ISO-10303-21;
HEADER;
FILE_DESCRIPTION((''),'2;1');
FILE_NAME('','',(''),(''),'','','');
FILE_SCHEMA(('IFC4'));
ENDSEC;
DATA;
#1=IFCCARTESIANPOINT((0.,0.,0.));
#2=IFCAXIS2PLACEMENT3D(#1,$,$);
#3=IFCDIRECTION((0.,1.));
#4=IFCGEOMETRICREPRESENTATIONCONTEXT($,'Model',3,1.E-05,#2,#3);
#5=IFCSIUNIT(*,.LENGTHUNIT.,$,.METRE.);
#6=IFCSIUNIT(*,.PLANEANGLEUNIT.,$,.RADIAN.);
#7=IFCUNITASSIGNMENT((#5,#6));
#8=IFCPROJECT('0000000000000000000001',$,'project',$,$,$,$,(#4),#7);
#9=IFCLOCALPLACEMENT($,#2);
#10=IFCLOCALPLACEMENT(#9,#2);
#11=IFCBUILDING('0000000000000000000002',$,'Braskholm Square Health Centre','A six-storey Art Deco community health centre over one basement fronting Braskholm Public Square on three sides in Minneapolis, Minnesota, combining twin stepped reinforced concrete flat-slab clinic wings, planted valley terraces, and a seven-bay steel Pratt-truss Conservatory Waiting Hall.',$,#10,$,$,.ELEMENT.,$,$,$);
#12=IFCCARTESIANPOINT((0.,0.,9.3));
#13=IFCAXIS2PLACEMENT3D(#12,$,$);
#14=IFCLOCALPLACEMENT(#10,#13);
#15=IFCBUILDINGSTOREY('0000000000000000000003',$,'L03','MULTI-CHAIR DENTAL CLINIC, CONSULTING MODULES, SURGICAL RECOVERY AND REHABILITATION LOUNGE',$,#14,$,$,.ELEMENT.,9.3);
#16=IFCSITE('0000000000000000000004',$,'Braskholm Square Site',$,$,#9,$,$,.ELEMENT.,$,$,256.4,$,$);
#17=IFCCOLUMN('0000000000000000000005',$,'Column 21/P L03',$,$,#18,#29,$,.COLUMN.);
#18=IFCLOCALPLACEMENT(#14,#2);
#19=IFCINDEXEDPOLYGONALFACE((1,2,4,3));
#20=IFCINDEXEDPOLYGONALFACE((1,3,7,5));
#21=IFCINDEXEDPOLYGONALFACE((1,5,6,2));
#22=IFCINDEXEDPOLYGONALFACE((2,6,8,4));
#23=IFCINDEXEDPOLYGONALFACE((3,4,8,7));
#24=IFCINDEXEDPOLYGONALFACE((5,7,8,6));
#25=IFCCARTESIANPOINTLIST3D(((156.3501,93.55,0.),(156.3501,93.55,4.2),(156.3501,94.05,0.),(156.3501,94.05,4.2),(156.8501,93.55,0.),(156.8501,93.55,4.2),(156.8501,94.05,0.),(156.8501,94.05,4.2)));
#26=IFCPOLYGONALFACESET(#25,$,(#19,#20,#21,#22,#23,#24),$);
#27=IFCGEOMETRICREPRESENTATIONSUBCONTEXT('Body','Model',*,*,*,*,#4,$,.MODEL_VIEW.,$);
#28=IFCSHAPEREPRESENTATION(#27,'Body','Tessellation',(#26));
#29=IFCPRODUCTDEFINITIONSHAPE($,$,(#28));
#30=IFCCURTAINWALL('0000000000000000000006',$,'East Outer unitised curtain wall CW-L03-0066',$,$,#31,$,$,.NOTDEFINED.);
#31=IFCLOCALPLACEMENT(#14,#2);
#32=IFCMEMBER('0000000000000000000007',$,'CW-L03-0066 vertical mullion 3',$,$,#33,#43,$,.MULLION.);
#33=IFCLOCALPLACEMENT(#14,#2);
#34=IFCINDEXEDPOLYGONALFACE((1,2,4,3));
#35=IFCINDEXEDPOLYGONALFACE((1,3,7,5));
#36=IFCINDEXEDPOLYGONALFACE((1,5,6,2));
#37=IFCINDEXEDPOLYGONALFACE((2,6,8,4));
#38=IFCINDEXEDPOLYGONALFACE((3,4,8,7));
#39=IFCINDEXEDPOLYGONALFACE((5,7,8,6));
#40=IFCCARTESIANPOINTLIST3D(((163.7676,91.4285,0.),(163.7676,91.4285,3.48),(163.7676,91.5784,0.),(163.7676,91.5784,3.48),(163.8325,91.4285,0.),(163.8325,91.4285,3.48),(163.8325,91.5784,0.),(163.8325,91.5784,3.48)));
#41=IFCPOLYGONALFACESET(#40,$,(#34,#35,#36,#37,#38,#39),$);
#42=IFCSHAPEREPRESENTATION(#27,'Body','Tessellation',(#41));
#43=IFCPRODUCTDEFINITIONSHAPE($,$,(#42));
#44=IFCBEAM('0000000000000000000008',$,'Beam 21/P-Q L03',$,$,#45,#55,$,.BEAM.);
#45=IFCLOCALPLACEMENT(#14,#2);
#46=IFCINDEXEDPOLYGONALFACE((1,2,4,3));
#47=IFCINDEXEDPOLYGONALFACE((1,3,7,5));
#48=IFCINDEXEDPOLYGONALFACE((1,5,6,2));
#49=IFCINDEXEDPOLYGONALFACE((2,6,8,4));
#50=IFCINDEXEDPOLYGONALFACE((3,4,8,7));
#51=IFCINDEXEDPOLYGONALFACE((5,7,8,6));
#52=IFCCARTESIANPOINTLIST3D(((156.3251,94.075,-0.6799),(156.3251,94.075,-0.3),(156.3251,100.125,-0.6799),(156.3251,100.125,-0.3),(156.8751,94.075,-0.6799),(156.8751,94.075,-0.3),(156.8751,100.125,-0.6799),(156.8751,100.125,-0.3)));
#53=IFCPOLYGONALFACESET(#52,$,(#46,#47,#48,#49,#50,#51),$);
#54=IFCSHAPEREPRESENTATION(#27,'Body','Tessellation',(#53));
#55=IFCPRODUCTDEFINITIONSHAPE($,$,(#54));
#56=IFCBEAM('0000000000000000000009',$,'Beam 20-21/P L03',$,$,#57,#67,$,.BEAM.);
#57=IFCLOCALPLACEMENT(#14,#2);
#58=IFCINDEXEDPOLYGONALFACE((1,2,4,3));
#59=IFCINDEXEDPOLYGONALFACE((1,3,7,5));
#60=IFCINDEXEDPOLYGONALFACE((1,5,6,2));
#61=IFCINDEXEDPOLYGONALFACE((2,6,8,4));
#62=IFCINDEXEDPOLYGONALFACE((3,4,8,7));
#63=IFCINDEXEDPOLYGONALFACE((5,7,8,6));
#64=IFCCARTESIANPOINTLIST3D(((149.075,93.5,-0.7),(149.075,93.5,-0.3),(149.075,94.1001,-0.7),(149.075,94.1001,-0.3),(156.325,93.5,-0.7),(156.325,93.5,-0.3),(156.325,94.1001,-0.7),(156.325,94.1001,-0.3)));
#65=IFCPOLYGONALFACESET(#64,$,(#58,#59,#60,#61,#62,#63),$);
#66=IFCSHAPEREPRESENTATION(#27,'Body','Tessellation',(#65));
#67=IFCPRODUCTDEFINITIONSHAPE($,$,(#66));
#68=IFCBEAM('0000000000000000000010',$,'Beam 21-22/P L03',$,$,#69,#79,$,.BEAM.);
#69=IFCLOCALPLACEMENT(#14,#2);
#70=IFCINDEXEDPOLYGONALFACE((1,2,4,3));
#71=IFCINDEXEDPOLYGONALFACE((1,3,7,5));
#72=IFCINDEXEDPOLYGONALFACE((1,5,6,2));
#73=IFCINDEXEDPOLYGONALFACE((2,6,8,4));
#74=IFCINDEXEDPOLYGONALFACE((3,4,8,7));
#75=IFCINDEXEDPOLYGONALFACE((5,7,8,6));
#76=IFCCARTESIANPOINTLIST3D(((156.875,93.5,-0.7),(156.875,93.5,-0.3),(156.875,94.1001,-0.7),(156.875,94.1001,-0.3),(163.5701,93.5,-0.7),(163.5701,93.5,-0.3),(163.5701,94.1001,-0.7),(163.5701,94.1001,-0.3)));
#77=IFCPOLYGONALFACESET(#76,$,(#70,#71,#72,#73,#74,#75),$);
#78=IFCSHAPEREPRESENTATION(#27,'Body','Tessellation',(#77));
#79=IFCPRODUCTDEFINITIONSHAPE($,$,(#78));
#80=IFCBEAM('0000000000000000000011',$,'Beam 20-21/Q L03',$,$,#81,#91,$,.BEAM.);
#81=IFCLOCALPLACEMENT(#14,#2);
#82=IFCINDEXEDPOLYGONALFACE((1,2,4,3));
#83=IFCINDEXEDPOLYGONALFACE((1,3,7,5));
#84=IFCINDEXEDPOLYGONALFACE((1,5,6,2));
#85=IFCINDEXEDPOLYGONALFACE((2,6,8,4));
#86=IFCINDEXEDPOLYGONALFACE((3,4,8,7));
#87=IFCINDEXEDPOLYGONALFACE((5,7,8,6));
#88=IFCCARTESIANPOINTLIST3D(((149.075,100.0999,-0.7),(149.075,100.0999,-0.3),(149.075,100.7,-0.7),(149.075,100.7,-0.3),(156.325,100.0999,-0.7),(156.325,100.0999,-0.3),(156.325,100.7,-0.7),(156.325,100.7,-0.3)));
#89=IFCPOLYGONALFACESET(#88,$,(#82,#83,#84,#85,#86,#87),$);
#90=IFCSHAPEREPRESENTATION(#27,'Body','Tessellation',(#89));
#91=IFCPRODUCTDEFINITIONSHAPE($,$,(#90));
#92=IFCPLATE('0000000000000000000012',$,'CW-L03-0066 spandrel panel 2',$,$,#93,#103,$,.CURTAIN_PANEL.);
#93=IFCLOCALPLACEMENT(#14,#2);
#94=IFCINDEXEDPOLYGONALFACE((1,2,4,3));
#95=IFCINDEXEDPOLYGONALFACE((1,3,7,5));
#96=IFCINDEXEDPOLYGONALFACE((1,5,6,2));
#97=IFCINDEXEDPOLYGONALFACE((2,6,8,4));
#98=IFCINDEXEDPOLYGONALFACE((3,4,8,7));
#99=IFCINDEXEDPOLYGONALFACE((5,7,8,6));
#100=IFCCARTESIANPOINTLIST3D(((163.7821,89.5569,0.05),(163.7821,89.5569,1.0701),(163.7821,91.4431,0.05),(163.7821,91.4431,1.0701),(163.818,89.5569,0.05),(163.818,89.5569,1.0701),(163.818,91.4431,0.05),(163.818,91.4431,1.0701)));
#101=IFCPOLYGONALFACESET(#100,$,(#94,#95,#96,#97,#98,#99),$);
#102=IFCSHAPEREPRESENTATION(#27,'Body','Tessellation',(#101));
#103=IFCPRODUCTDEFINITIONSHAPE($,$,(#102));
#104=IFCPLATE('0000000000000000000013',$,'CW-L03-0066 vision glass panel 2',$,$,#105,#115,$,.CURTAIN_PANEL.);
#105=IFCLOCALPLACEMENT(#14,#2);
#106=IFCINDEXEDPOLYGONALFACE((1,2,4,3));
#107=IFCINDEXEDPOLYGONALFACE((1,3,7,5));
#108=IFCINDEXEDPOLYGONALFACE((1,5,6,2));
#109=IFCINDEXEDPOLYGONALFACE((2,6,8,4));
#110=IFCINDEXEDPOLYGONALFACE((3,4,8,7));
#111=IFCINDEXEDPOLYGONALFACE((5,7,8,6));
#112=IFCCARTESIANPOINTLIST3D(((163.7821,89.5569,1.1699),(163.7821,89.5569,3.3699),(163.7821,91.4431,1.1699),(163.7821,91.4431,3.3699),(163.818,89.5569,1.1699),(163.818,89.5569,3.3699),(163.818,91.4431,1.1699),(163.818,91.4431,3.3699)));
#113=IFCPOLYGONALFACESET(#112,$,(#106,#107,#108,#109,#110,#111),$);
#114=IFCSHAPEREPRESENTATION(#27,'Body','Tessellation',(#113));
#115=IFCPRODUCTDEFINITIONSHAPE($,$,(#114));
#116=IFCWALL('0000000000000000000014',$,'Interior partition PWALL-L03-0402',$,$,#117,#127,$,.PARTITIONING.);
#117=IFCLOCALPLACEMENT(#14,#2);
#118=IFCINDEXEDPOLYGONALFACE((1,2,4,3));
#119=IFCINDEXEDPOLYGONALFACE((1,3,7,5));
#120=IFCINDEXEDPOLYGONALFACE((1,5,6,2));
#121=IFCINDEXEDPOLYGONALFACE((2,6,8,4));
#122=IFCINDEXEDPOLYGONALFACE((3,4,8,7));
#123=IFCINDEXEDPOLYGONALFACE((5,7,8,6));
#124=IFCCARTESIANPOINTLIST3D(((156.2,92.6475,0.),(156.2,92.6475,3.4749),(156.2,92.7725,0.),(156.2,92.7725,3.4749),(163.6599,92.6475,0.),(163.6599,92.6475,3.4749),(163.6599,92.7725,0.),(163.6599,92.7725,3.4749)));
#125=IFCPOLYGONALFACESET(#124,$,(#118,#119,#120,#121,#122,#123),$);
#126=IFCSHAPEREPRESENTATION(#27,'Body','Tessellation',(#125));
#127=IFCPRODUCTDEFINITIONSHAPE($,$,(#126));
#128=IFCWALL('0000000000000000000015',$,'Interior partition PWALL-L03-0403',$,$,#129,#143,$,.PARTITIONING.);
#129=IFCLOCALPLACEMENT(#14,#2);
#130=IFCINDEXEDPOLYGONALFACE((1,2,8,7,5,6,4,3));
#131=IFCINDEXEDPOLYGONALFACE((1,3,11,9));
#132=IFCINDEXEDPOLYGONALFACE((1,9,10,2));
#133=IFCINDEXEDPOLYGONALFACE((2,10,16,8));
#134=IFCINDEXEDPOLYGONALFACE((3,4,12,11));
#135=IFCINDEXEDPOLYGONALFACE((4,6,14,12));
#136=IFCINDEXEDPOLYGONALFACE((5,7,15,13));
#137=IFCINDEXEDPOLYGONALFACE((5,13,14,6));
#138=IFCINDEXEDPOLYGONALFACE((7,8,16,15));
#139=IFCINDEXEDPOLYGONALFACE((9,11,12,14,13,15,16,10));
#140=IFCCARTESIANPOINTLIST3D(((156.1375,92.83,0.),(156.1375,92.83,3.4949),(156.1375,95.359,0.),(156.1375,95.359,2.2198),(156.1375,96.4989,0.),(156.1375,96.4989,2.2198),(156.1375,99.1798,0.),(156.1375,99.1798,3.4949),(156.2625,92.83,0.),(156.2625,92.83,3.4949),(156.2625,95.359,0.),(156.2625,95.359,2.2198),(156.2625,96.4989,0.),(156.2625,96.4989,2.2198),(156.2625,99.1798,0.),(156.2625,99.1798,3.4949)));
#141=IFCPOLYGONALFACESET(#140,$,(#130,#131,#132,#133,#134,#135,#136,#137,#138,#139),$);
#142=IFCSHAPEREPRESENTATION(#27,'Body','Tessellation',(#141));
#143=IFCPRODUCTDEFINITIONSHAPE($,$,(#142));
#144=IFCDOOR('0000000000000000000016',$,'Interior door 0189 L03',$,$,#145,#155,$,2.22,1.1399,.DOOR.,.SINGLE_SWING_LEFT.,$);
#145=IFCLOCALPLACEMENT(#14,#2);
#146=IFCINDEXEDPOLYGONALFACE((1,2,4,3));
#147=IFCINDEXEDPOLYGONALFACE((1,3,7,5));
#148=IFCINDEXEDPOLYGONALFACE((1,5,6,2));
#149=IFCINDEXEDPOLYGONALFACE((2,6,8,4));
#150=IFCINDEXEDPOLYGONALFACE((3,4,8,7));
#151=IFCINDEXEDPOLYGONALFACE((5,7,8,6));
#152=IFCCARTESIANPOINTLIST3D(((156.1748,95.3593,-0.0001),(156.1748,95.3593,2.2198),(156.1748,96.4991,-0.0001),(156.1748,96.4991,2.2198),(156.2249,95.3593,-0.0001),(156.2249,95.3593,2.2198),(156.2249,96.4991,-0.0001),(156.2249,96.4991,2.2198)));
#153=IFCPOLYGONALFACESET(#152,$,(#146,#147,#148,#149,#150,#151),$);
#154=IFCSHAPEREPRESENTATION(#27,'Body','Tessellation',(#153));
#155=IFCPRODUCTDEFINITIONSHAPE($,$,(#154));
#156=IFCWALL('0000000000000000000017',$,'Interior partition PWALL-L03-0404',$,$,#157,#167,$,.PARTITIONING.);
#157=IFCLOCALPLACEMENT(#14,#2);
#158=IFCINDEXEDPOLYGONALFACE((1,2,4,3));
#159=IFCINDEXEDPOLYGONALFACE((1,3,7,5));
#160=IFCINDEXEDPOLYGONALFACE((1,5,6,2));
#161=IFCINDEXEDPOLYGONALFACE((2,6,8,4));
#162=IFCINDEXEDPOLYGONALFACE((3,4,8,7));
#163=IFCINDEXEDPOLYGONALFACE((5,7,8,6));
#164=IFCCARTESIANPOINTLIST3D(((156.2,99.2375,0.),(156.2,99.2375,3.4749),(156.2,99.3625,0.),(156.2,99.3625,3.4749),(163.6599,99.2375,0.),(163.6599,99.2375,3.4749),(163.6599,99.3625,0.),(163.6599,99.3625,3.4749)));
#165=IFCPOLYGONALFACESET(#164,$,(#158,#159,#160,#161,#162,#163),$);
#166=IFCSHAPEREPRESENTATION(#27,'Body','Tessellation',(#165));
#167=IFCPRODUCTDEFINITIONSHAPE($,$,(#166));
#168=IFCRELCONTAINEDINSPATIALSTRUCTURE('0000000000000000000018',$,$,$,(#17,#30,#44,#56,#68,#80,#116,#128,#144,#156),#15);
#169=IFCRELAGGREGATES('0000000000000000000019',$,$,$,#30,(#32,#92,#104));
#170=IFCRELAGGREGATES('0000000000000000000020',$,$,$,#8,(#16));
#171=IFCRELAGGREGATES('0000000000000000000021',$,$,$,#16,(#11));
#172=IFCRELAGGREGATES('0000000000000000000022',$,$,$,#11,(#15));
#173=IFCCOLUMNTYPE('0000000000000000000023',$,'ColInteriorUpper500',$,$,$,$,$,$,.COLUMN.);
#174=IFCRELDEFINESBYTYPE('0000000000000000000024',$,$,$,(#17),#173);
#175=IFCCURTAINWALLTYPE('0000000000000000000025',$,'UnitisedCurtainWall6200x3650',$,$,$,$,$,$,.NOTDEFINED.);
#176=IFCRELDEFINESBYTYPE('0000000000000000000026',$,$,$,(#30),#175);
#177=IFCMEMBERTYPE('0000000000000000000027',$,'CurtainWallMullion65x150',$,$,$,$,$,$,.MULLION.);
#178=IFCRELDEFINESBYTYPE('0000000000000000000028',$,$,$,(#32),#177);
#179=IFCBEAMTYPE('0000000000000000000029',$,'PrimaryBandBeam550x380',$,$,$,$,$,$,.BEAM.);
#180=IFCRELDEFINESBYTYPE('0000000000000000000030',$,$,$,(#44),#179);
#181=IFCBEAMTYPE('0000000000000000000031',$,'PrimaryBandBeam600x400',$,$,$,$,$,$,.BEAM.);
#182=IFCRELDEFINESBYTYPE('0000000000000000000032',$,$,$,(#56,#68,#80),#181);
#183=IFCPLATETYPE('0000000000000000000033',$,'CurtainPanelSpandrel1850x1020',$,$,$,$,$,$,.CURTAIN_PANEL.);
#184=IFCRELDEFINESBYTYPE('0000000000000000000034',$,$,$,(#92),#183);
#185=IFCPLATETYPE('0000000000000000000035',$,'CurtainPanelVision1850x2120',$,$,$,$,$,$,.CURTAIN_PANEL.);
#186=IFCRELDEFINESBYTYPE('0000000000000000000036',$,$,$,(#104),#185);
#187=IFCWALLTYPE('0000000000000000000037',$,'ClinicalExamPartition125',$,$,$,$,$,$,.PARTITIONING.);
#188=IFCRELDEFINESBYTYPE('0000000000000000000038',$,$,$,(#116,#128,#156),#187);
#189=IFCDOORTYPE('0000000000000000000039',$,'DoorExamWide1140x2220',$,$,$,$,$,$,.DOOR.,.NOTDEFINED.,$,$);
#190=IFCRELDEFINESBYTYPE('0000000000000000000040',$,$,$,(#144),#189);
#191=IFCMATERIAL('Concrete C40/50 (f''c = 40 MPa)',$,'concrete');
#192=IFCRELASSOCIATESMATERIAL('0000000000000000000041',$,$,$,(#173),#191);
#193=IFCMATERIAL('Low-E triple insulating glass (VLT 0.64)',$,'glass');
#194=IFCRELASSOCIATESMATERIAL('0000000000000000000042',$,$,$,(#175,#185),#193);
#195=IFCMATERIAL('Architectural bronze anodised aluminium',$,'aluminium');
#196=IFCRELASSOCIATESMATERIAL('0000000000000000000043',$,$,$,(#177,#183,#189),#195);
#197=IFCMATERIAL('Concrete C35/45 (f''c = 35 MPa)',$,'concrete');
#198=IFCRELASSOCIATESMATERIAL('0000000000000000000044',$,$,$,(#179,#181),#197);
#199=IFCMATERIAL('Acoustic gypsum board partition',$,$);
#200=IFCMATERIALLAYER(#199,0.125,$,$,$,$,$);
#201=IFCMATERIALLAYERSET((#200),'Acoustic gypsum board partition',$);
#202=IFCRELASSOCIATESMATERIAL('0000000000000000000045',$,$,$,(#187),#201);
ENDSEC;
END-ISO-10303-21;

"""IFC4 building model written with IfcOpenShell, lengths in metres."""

from ifc_helpers import new_model, si_unit, direction, frame, frame_2d, origin, origin_2d, place, context, subcontext, project, spatial, rectangle, extrude, material, layer, layer_set, material_profile, profile_set, type_object, element, fill, aggregate, save


model = new_model("IFC4")

# Units and contexts
model_context = context("Model", 3, precision=1e-05, world=origin(), true_north=direction((0.0, 1.0)))
body_context = subcontext(model_context, "Body", "Model", "MODEL_VIEW")
ifc_project = project(units=[si_unit("LENGTHUNIT", "METRE"), si_unit("PLANEANGLEUNIT", "RADIAN")], contexts=[model_context])

# Site, building, storey
site_placement = place(None, origin())
site = spatial("IfcSite", under=ifc_project, at=site_placement, Name="Braskholm Square Site", CompositionType="ELEMENT", RefElevation=256.4)
building_placement = place(site_placement, origin())
building = spatial("IfcBuilding", under=site, at=building_placement, Name="Braskholm Square Health Centre", Description="A six-storey Art Deco community health centre over one basement fronting Braskholm Public Square on three sides in Minneapolis, Minnesota, combining twin stepped reinforced concrete flat-slab clinic wings, planted valley terraces, and a seven-bay steel Pratt-truss Conservatory Waiting Hall.", CompositionType="ELEMENT")
storey_placement = place(building_placement, frame((0.0, 0.0, 9.3)))
storey = spatial("IfcBuildingStorey", under=building, at=storey_placement, Name="L03", Description="MULTI-CHAIR DENTAL CLINIC, CONSULTING MODULES, SURGICAL RECOVERY AND REHABILITATION LOUNGE", CompositionType="ELEMENT", Elevation=9.3)

# Column
ifc_material_1 = material(Name="Concrete C40/50 (f'c = 40 MPa)", Category="concrete")
ifc_material_profile_1 = material_profile(ifc_material_1, rectangle(XDim=0.5, YDim=0.5, at=origin_2d()), Name="RC-500X500")
ifc_profile_set_1 = profile_set([ifc_material_profile_1], Name="Concrete C40/50 (f'c = 40 MPa)")
column_type = type_object("IfcColumnType", Name="ColInteriorUpper500", PredefinedType="COLUMN", material=ifc_profile_set_1)
column_placement = place(storey_placement, frame((156.6001, 93.8, 0.0), z_axis=(0.0, 0.0, 1.0), x_axis=(1.0, 0.0, 0.0)))
element("IfcColumn", 1, at=column_placement, inside=storey, type_object=column_type, Name="Column 21/P L03", PredefinedType="COLUMN", context=body_context, shape_type="SweptSolid", body=[
    extrude(rectangle(XDim=0.5, YDim=0.5, at=origin_2d()), origin(), (0.0, 0.0, 1.0), 4.2),
])

# Curtain wall, member
ifc_material_2 = material(Name="Low-E triple insulating glass (VLT 0.64)", Category="glass")
curtain_wall_type = type_object("IfcCurtainWallType", Name="UnitisedCurtainWall6200x3650", PredefinedType="NOTDEFINED", material=ifc_material_2)
curtain_wall_placement = place(storey_placement, origin())
curtain_wall = element("IfcCurtainWall", 2, at=curtain_wall_placement, inside=storey, type_object=curtain_wall_type, Name="East Outer unitised curtain wall CW-L03-0066", PredefinedType="NOTDEFINED")
ifc_material_3 = material(Name="Architectural bronze anodised aluminium", Category="aluminium")
ifc_material_profile_2 = material_profile(ifc_material_3, rectangle(XDim=0.0649, YDim=0.1499, at=origin_2d()), Name="ALU-65X150")
ifc_profile_set_2 = profile_set([ifc_material_profile_2], Name="Architectural bronze anodised aluminium")
member_type = type_object("IfcMemberType", Name="CurtainWallMullion65x150", PredefinedType="MULLION", material=ifc_profile_set_2)
member_placement = place(storey_placement, frame((163.8, 91.5034, 0.0), z_axis=(0.0, 0.0, 1.0), x_axis=(1.0, 0.0, 0.0)))
member = element("IfcMember", 3, at=member_placement, type_object=member_type, Name="CW-L03-0066 vertical mullion 3", PredefinedType="MULLION", context=body_context, shape_type="SweptSolid", body=[
    extrude(rectangle(XDim=0.0649, YDim=0.1499, at=origin_2d()), origin(), (0.0, 0.0, 1.0), 3.48),
])

# Beams
ifc_material_4 = material(Name="Concrete C35/45 (f'c = 35 MPa)", Category="concrete")
ifc_material_profile_3 = material_profile(ifc_material_4, rectangle(XDim=0.55, YDim=0.3799, at=origin_2d()), Name="RCB-550X380")
ifc_profile_set_3 = profile_set([ifc_material_profile_3], Name="Concrete C35/45 (f'c = 35 MPa)")
beam_type_1 = type_object("IfcBeamType", Name="PrimaryBandBeam550x380", PredefinedType="BEAM", material=ifc_profile_set_3)
beam_1_placement = place(storey_placement, frame((156.6001, 94.075, -0.49), z_axis=(0.0, 1.0, 0.0), x_axis=(-1.0, 0.0, 0.0)))
element("IfcBeam", 4, at=beam_1_placement, inside=storey, type_object=beam_type_1, Name="Beam 21/P-Q L03", PredefinedType="BEAM", context=body_context, shape_type="SweptSolid", body=[
    extrude(rectangle(XDim=0.55, YDim=0.3799, at=origin_2d()), origin(), (0.0, 0.0, 1.0), 6.05),
])
ifc_material_profile_4 = material_profile(ifc_material_4, rectangle(XDim=0.6001, YDim=0.3999, at=origin_2d()), Name="RCB-600X400")
ifc_profile_set_4 = profile_set([ifc_material_profile_4], Name="Concrete C35/45 (f'c = 35 MPa)")
beam_type_2 = type_object("IfcBeamType", Name="PrimaryBandBeam600x400", PredefinedType="BEAM", material=ifc_profile_set_4)
beam_2_placement = place(storey_placement, frame((149.075, 93.8, -0.5), z_axis=(1.0, 0.0, 0.0), x_axis=(0.0, 1.0, 0.0)))
element("IfcBeam", 5, at=beam_2_placement, inside=storey, type_object=beam_type_2, Name="Beam 20-21/P L03", PredefinedType="BEAM", context=body_context, shape_type="SweptSolid", body=[
    extrude(rectangle(XDim=0.6001, YDim=0.3999, at=origin_2d()), origin(), (0.0, 0.0, 1.0), 7.25),
])
beam_3_placement = place(storey_placement, frame((156.875, 93.8, -0.5), z_axis=(1.0, 0.0, 0.0), x_axis=(0.0, 1.0, 0.0)))
element("IfcBeam", 6, at=beam_3_placement, inside=storey, type_object=beam_type_2, Name="Beam 21-22/P L03", PredefinedType="BEAM", context=body_context, shape_type="SweptSolid", body=[
    extrude(rectangle(XDim=0.6001, YDim=0.3999, at=origin_2d()), origin(), (0.0, 0.0, 1.0), 6.6951),
])
beam_4_placement = place(storey_placement, frame((149.075, 100.3999, -0.5), z_axis=(1.0, 0.0, 0.0), x_axis=(0.0, 1.0, 0.0)))
element("IfcBeam", 7, at=beam_4_placement, inside=storey, type_object=beam_type_2, Name="Beam 20-21/Q L03", PredefinedType="BEAM", context=body_context, shape_type="SweptSolid", body=[
    extrude(rectangle(XDim=0.6001, YDim=0.3999, at=origin_2d()), origin(), (0.0, 0.0, 1.0), 7.25),
])

# Plates
plate_type_1 = type_object("IfcPlateType", Name="CurtainPanelSpandrel1850x1020", PredefinedType="CURTAIN_PANEL", material=ifc_material_3)
plate_1_placement = place(storey_placement, frame((163.8, 90.5, 0.05), z_axis=(0.0, 0.0, 1.0), x_axis=(0.0, 1.0, 0.0)))
plate_1 = element("IfcPlate", 8, at=plate_1_placement, type_object=plate_type_1, Name="CW-L03-0066 spandrel panel 2", PredefinedType="CURTAIN_PANEL", context=body_context, shape_type="SweptSolid", body=[
    extrude(rectangle(XDim=1.8862, YDim=0.0359, at=origin_2d()), origin(), (0.0, 0.0, 1.0), 1.02),
])
plate_type_2 = type_object("IfcPlateType", Name="CurtainPanelVision1850x2120", PredefinedType="CURTAIN_PANEL", material=ifc_material_2)
plate_2_placement = place(storey_placement, frame((163.8, 90.5, 1.1699), z_axis=(0.0, 0.0, 1.0), x_axis=(0.0, 1.0, 0.0)))
plate_2 = element("IfcPlate", 9, at=plate_2_placement, type_object=plate_type_2, Name="CW-L03-0066 vision glass panel 2", PredefinedType="CURTAIN_PANEL", context=body_context, shape_type="SweptSolid", body=[
    extrude(rectangle(XDim=1.8862, YDim=0.0359, at=origin_2d()), origin(), (0.0, 0.0, 1.0), 2.2),
])
aggregate(curtain_wall, [member, plate_1, plate_2])

# Wall
ifc_material_5 = material(Name="Acoustic gypsum board partition")
ifc_layer = layer(ifc_material_5, 0.125)
ifc_layer_set = layer_set([ifc_layer], Name="Acoustic gypsum board partition")
wall_type = type_object("IfcWallType", Name="ClinicalExamPartition125", PredefinedType="PARTITIONING", material=ifc_layer_set)
wall_1_placement = place(storey_placement, frame((156.2, 92.71, 0.0), z_axis=(0.0, 0.0, 1.0), x_axis=(1.0, 0.0, 0.0)))
element("IfcWall", 10, at=wall_1_placement, inside=storey, type_object=wall_type, Name="Interior partition PWALL-L03-0402", PredefinedType="PARTITIONING", context=body_context, shape_type="SweptSolid", body=[
    extrude(rectangle(XDim=7.46, YDim=0.125, at=frame_2d((3.73, 0.0))), origin(), (0.0, 0.0, 1.0), 3.4749),
])

# Wall, opening, door
wall_2_placement = place(storey_placement, frame((156.2, 92.8301, 0.0), z_axis=(0.0, 0.0, 1.0), x_axis=(0.0, 1.0, 0.0)))
wall_2 = element("IfcWall", 11, at=wall_2_placement, inside=storey, type_object=wall_type, Name="Interior partition PWALL-L03-0403", PredefinedType="PARTITIONING", context=body_context, shape_type="SweptSolid", body=[
    extrude(rectangle(XDim=6.3499, YDim=0.125, at=frame_2d((3.1748, 0.0))), origin(), (0.0, 0.0, 1.0), 3.4949),
])
opening_1_placement = place(wall_2_placement, frame((2.5291, 0.0, 0.0)))
opening_1 = element("IfcOpeningElement", 12, at=opening_1_placement, cuts=wall_2, PredefinedType="OPENING", context=body_context, shape_type="SweptSolid", body=[
    extrude(rectangle(XDim=1.1399, YDim=2.22, at=frame_2d((0.5698, 1.1099))), frame((0.0, 0.0725, 0.0), z_axis=(0.0, -1.0, 0.0), x_axis=(1.0, 0.0, 0.0)), (0.0, 0.0, 1.0), 0.145),
])
door_type_1 = type_object("IfcDoorType", Name="DoorExamWide1140x2220", OperationType="NOTDEFINED", PredefinedType="DOOR", material=ifc_material_3)
door_1_placement = place(opening_1_placement, frame((1.1399, 0.0, 0.0), z_axis=(0.0, 0.0, 1.0), x_axis=(-1.0, 0.0, 0.0)))
door_1 = element("IfcDoor", 13, at=door_1_placement, inside=storey, type_object=door_type_1, Name="Interior door 0189 L03", OperationType="SINGLE_SWING_LEFT", OverallHeight=2.22, OverallWidth=1.1399, PredefinedType="DOOR", context=body_context, shape_type="SweptSolid", body=[
    extrude(rectangle(XDim=1.1399, YDim=2.22, at=frame_2d((0.5698, 1.1099))), frame((0.0, 0.0249, 0.0), z_axis=(0.0, -1.0, 0.0), x_axis=(1.0, 0.0, 0.0)), (0.0, 0.0, 1.0), 0.05),
])
fill(opening_1, door_1)

# Wall
wall_3_placement = place(storey_placement, frame((156.2, 99.3, 0.0), z_axis=(0.0, 0.0, 1.0), x_axis=(1.0, 0.0, 0.0)))
element("IfcWall", 14, at=wall_3_placement, inside=storey, type_object=wall_type, Name="Interior partition PWALL-L03-0404", PredefinedType="PARTITIONING", context=body_context, shape_type="SweptSolid", body=[
    extrude(rectangle(XDim=7.46, YDim=0.125, at=frame_2d((3.73, 0.0))), origin(), (0.0, 0.0, 1.0), 3.4749),
])

save(model, "model.ifc")
